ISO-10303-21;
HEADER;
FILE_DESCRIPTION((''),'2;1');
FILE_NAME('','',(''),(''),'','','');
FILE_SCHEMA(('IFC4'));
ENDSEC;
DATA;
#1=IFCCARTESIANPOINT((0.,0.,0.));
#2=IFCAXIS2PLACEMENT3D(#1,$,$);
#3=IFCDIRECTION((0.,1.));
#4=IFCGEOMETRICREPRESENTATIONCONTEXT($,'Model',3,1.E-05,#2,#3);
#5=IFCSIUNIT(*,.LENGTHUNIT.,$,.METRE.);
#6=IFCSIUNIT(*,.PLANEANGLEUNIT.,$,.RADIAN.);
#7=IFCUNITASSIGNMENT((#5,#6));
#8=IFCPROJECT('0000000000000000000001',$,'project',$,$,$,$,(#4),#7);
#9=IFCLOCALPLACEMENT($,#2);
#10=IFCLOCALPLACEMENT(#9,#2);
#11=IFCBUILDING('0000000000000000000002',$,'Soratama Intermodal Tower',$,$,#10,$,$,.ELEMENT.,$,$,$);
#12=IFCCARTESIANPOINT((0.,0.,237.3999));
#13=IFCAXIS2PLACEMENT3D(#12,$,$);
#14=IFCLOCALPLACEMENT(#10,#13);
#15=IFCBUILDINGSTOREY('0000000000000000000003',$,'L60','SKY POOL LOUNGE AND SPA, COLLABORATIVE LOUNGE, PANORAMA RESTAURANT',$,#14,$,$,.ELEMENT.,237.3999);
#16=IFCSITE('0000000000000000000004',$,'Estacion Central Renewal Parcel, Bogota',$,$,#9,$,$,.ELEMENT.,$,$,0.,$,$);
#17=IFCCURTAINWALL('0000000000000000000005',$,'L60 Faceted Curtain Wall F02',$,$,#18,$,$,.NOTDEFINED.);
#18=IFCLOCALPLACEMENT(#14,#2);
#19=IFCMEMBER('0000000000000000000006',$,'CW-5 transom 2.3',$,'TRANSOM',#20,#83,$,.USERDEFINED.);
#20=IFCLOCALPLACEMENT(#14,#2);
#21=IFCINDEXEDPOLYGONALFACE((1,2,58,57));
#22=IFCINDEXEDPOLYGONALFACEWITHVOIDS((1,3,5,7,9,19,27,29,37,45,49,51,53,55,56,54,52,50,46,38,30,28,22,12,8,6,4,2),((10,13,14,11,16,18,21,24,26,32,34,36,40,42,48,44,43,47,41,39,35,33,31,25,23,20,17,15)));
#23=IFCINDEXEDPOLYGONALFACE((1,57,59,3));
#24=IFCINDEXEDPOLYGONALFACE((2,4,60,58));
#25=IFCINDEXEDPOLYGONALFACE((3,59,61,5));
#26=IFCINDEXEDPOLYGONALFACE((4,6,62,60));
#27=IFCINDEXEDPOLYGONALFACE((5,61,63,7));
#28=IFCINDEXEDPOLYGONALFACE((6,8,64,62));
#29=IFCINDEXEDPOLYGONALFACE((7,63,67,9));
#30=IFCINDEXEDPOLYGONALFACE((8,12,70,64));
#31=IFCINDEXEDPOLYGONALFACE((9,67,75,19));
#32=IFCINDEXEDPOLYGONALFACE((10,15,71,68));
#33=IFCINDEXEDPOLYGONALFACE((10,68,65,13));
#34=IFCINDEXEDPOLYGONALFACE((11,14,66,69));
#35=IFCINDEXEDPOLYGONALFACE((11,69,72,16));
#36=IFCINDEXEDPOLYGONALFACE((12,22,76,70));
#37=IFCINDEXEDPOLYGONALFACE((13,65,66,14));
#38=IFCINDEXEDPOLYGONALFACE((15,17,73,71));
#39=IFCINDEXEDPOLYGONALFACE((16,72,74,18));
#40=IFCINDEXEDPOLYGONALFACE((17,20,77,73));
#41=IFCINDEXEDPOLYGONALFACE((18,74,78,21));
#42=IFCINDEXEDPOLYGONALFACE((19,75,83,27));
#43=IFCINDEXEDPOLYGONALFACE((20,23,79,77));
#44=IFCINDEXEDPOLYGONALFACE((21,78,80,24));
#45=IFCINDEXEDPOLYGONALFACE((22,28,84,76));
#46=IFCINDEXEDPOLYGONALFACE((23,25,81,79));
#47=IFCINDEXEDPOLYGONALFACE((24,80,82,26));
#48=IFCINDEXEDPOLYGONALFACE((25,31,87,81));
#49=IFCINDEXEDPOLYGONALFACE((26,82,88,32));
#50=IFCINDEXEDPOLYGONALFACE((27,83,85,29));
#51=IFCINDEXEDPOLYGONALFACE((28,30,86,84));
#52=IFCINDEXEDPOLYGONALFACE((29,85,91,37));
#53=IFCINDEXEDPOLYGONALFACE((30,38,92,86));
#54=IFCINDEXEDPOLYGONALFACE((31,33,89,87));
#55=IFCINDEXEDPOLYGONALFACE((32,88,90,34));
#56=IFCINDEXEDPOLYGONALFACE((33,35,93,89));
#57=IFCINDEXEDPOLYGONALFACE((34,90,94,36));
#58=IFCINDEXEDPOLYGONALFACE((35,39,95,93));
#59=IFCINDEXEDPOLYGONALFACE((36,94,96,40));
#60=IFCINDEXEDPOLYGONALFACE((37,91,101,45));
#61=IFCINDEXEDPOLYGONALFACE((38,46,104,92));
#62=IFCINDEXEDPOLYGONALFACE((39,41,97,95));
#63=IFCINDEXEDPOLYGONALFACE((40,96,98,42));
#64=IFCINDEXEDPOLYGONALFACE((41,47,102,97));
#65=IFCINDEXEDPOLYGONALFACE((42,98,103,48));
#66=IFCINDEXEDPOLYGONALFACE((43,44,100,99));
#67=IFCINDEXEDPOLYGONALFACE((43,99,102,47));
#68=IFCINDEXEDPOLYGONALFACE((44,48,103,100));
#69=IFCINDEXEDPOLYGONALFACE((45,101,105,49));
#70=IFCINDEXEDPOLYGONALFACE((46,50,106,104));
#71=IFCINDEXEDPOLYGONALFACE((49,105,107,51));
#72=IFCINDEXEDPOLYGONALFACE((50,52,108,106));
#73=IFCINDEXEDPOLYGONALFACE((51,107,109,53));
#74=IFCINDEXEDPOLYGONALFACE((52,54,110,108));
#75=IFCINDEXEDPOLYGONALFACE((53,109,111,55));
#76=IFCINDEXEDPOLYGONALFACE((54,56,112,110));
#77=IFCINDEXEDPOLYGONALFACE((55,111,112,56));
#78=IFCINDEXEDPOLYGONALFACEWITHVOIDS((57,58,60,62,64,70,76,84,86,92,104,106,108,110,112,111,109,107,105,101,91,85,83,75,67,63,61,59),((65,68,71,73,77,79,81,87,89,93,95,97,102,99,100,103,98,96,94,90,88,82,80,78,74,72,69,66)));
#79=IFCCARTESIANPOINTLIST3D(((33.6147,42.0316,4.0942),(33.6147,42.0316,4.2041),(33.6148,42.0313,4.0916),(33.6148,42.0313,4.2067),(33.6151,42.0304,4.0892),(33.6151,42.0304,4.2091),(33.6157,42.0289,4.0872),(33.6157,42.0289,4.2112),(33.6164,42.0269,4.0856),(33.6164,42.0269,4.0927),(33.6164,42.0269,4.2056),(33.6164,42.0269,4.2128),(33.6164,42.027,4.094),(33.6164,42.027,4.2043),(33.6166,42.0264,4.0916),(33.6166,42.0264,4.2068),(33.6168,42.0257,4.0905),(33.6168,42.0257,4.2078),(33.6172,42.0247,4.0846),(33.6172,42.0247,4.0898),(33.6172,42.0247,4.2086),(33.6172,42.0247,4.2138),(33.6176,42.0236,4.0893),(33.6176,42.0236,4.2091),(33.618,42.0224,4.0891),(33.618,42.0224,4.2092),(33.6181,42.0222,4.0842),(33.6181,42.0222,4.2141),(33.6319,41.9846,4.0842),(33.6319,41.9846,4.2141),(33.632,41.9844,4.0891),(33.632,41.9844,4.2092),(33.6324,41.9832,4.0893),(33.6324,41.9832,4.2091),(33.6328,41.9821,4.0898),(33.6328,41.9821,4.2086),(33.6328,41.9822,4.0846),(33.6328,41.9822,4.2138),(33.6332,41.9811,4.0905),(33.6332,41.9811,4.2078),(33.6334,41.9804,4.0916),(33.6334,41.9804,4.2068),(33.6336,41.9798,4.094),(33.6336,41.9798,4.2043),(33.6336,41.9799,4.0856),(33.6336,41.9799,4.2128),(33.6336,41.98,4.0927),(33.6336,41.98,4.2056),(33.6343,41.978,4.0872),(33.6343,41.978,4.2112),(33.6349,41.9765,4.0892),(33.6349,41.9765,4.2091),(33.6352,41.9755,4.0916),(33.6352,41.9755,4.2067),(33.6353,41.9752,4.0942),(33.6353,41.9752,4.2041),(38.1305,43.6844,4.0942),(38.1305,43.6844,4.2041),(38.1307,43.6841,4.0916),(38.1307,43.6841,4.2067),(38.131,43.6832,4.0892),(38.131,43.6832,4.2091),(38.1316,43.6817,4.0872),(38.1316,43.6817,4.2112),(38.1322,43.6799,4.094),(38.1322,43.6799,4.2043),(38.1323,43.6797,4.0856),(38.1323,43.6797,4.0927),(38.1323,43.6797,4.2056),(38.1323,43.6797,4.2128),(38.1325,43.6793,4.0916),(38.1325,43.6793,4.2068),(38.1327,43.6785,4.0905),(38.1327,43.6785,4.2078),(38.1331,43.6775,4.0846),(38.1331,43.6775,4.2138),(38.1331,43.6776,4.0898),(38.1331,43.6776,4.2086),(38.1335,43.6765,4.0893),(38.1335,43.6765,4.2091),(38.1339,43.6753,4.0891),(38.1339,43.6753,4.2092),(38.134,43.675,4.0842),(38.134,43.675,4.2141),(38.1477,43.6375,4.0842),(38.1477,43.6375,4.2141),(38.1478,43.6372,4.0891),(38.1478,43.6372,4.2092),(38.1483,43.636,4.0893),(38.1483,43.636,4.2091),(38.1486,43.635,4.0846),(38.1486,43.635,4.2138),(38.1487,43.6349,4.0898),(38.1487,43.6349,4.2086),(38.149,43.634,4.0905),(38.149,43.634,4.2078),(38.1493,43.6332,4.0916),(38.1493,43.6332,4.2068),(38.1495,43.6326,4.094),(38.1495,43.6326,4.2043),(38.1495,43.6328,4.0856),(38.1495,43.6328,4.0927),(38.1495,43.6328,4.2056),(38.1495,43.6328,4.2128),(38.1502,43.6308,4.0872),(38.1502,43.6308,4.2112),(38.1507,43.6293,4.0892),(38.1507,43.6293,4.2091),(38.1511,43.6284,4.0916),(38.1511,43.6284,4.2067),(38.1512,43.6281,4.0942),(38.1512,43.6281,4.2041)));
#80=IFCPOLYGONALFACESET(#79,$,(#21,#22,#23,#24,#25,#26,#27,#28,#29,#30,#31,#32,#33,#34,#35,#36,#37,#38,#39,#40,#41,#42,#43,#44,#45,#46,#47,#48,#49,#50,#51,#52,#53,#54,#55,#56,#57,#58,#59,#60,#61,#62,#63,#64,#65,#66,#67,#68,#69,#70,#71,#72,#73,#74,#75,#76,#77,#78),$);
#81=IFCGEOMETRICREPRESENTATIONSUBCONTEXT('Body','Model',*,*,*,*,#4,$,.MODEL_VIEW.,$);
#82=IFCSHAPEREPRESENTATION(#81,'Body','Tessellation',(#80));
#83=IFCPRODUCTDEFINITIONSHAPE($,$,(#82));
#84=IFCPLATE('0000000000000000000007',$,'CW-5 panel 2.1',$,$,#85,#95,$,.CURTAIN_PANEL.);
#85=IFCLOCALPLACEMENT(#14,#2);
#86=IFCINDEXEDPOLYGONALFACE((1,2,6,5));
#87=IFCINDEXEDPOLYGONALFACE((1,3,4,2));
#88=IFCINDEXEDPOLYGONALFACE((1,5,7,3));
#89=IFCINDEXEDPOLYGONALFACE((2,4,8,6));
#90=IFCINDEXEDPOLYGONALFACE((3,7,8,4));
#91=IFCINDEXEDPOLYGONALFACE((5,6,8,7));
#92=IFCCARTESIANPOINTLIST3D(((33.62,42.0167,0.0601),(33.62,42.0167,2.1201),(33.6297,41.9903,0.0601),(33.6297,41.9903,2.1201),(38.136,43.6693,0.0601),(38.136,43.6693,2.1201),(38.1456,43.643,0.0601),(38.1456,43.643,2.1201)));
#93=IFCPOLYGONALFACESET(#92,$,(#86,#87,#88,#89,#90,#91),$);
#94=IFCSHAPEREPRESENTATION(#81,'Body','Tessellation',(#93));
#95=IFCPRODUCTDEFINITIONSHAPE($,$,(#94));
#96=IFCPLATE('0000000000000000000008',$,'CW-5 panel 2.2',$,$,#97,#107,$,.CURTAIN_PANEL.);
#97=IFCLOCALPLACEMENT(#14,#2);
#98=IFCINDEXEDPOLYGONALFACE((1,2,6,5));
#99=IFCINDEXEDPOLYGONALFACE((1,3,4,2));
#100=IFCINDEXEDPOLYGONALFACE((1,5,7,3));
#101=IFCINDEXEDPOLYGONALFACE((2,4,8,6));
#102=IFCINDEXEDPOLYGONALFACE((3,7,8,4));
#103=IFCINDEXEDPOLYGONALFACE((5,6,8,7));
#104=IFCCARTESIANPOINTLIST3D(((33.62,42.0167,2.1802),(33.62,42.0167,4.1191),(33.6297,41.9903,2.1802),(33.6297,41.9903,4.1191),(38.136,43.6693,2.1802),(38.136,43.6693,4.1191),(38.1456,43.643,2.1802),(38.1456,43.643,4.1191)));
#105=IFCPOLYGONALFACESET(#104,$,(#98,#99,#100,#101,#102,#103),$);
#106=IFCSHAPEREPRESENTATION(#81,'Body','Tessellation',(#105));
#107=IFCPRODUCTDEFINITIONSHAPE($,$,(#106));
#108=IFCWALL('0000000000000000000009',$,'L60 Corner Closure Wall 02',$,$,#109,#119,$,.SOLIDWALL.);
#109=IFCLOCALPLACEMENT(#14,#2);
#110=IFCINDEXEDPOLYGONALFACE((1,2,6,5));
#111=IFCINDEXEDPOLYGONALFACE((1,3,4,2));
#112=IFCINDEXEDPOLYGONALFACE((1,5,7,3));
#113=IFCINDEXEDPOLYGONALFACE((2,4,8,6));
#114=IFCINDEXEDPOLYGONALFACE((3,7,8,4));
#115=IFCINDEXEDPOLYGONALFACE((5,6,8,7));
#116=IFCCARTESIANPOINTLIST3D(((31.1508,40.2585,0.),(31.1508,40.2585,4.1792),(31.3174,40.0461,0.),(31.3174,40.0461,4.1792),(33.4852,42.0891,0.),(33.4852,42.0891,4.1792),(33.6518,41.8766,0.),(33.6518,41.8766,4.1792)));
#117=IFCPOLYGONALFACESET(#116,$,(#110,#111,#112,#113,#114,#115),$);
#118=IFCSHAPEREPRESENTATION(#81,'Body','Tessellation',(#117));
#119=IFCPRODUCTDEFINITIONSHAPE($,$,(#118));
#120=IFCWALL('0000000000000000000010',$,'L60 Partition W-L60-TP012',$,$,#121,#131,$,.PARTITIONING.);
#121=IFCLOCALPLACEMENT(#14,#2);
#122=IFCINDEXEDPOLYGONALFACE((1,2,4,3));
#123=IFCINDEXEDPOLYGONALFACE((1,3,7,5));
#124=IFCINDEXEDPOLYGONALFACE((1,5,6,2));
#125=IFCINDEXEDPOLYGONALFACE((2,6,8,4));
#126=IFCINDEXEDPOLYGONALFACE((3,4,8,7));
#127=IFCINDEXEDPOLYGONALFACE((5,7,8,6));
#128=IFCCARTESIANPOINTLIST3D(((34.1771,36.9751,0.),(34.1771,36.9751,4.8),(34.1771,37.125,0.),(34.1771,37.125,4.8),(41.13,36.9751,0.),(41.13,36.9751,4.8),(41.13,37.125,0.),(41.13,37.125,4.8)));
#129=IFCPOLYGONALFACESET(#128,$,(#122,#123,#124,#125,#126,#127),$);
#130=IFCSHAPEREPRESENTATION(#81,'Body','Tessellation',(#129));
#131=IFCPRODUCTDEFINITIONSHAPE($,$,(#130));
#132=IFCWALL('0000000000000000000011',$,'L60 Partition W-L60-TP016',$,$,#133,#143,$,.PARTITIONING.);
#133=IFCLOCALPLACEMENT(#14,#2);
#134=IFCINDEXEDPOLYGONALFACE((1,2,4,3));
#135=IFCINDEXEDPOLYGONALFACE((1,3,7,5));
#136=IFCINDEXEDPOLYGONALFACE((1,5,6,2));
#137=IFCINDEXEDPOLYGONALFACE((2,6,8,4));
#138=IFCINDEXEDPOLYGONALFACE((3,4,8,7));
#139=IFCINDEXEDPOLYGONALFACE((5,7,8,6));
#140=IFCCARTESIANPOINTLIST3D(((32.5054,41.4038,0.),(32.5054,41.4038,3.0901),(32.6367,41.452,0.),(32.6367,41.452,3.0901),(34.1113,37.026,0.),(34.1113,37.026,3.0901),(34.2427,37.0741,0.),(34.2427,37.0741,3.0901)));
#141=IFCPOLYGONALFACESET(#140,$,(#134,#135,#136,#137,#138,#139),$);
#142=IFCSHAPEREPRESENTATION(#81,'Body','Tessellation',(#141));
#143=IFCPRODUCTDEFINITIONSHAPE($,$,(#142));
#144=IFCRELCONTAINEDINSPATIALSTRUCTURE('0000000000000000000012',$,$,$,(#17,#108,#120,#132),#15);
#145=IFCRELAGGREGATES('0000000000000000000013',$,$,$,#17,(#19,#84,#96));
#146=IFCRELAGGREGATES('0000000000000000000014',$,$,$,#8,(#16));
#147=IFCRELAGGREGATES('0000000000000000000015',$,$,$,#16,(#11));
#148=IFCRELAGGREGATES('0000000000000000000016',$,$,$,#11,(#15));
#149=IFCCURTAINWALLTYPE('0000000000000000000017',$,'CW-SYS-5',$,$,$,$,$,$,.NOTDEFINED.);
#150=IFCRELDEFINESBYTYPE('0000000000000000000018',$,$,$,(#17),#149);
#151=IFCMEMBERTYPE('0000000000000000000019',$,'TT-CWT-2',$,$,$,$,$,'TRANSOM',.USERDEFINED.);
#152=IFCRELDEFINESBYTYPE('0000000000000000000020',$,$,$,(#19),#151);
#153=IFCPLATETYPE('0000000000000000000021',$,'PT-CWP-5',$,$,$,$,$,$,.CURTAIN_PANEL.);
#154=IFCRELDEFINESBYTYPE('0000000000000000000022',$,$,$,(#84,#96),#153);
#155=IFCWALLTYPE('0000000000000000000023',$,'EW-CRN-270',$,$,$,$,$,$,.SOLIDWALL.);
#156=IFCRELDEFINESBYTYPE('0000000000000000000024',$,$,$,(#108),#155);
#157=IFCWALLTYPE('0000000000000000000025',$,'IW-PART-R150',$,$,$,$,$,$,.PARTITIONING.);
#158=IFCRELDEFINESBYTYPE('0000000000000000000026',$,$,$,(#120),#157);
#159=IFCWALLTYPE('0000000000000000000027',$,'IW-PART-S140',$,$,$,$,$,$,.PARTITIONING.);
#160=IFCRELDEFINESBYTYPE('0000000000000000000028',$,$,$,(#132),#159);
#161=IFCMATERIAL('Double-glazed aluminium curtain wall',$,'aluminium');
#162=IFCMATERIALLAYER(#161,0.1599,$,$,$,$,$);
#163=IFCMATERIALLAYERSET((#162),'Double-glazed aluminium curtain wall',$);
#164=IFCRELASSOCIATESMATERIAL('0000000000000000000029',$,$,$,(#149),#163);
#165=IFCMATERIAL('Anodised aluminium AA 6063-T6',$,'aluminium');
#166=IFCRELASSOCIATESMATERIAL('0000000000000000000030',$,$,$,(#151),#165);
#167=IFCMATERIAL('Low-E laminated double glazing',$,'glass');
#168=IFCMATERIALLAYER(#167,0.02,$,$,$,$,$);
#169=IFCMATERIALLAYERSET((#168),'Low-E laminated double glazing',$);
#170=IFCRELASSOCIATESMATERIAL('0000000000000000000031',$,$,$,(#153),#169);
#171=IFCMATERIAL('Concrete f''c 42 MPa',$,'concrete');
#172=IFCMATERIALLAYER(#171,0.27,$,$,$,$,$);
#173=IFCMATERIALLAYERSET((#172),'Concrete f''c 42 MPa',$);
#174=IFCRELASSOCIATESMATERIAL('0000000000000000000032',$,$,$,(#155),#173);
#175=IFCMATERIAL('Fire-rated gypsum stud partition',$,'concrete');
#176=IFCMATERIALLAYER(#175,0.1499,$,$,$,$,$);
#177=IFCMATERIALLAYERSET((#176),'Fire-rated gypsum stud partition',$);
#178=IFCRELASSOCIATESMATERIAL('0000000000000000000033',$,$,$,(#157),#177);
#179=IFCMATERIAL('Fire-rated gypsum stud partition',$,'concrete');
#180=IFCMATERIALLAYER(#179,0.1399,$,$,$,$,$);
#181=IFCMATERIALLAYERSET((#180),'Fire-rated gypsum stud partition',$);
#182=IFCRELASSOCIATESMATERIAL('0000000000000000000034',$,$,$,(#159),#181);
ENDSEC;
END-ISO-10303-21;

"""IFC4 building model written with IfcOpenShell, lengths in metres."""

from ifc_helpers import new_model, si_unit, direction, frame, frame_2d, origin, origin_2d, place, context, subcontext, project, spatial, rectangle, hollow_rectangle, extrude, material, layer, layer_set, material_profile, profile_set, type_object, element, aggregate, save


model = new_model("IFC4")

# Units and contexts
model_context = context("Model", 3, precision=1e-05, world=origin(), true_north=direction((0.0, 1.0)))
body_context = subcontext(model_context, "Body", "Model", "MODEL_VIEW")
ifc_project = project(units=[si_unit("LENGTHUNIT", "METRE"), si_unit("PLANEANGLEUNIT", "RADIAN")], contexts=[model_context])

# Site, building, storey
site_placement = place(None, origin())
site = spatial("IfcSite", under=ifc_project, at=site_placement, Name="Estacion Central Renewal Parcel, Bogota", CompositionType="ELEMENT", RefElevation=0.0)
building_placement = place(site_placement, origin())
building = spatial("IfcBuilding", under=site, at=building_placement, Name="Soratama Intermodal Tower", CompositionType="ELEMENT")
storey_placement = place(building_placement, frame((0.0, 0.0, 237.3999)))
storey = spatial("IfcBuildingStorey", under=building, at=storey_placement, Name="L60", Description="SKY POOL LOUNGE AND SPA, COLLABORATIVE LOUNGE, PANORAMA RESTAURANT", CompositionType="ELEMENT", Elevation=237.3999)

# Curtain wall, member, plates
ifc_material_1 = material(Name="Double-glazed aluminium curtain wall", Category="aluminium")
ifc_layer_1 = layer(ifc_material_1, 0.1599)
ifc_layer_set_1 = layer_set([ifc_layer_1], Name="Double-glazed aluminium curtain wall")
curtain_wall_type = type_object("IfcCurtainWallType", Name="CW-SYS-5", PredefinedType="NOTDEFINED", material=ifc_layer_set_1)
curtain_wall_placement = place(storey_placement, origin())
curtain_wall = element("IfcCurtainWall", 1, at=curtain_wall_placement, inside=storey, type_object=curtain_wall_type, Name="L60 Faceted Curtain Wall F02", PredefinedType="NOTDEFINED")
ifc_material_2 = material(Name="Anodised aluminium AA 6063-T6", Category="aluminium")
ifc_material_profile_1 = material_profile(ifc_material_2, hollow_rectangle(XDim=0.0601, YDim=0.1299, WallThickness=0.0049, InnerFilletRadius=0.0049, OuterFilletRadius=0.01, at=origin_2d()), Name="CWT130X60X5")
ifc_profile_set_1 = profile_set([ifc_material_profile_1], Name="Anodised aluminium AA 6063-T6")
member_type_1 = type_object("IfcMemberType", Name="TT-CWT-2", ElementType="TRANSOM", PredefinedType="USERDEFINED", material=ifc_profile_set_1)
member_1_placement = place(storey_placement, frame((38.1409, 43.6562, 4.1492), z_axis=(-0.939077, -0.343707, 0.0), x_axis=(0.343707, -0.939077, 0.0)))
member_1 = element("IfcMember", 2, at=member_1_placement, type_object=member_type_1, Name="CW-5 transom 2.3", ObjectType="TRANSOM", PredefinedType="USERDEFINED", context=body_context, shape_type="SweptSolid", body=[
    extrude(hollow_rectangle(XDim=0.0601, YDim=0.1299, WallThickness=0.0049, InnerFilletRadius=0.0049, OuterFilletRadius=0.01, at=origin_2d()), origin(), (0.0, 0.0, 1.0), 4.8088),
])
ifc_material_3 = material(Name="Low-E laminated double glazing", Category="glass")
ifc_layer_2 = layer(ifc_material_3, 0.02)
ifc_layer_set_2 = layer_set([ifc_layer_2], Name="Low-E laminated double glazing")
plate_type = type_object("IfcPlateType", Name="PT-CWP-5", PredefinedType="CURTAIN_PANEL", material=ifc_layer_set_2)
plate_1_placement = place(storey_placement, frame((35.8828, 42.8298, 0.0601), z_axis=(0.0, 0.0, 1.0), x_axis=(-0.939093, -0.343664, 0.0)))
plate_1 = element("IfcPlate", 3, at=plate_1_placement, type_object=plate_type, Name="CW-5 panel 2.1", PredefinedType="CURTAIN_PANEL", context=body_context, shape_type="SweptSolid", body=[
    extrude(rectangle(XDim=4.8088, YDim=0.0281, at=origin_2d()), origin(), (0.0, 0.0, 1.0), 2.0601),
])
plate_2_placement = place(storey_placement, frame((35.8828, 42.8298, 2.1802), z_axis=(0.0, 0.0, 1.0), x_axis=(-0.939093, -0.343664, 0.0)))
plate_2 = element("IfcPlate", 4, at=plate_2_placement, type_object=plate_type, Name="CW-5 panel 2.2", PredefinedType="CURTAIN_PANEL", context=body_context, shape_type="SweptSolid", body=[
    extrude(rectangle(XDim=4.8088, YDim=0.0281, at=origin_2d()), origin(), (0.0, 0.0, 1.0), 1.939),
])
aggregate(curtain_wall, [member_1, plate_1, plate_2])

# Walls
ifc_material_4 = material(Name="Concrete f'c 42 MPa", Category="concrete")
ifc_layer_3 = layer(ifc_material_4, 0.27)
ifc_layer_set_3 = layer_set([ifc_layer_3], Name="Concrete f'c 42 MPa")
wall_type_1 = type_object("IfcWallType", Name="EW-CRN-270", PredefinedType="SOLIDWALL", material=ifc_layer_set_3)
wall_1_placement = place(storey_placement, frame((33.5686, 41.9829, 0.0), z_axis=(0.0, 0.0, 1.0), x_axis=(-0.786918, -0.617058, 0.0)))
element("IfcWall", 5, at=wall_1_placement, inside=storey, type_object=wall_type_1, Name="L60 Corner Closure Wall 02", PredefinedType="SOLIDWALL", context=body_context, shape_type="SweptSolid", body=[
    extrude(rectangle(XDim=2.9666, YDim=0.27, at=frame_2d((1.4834, 0.0))), origin(), (0.0, 0.0, 1.0), 4.1792),
])
ifc_material_5 = material(Name="Fire-rated gypsum stud partition", Category="concrete")
ifc_layer_4 = layer(ifc_material_5, 0.1499)
ifc_layer_set_4 = layer_set([ifc_layer_4], Name="Fire-rated gypsum stud partition")
wall_type_2 = type_object("IfcWallType", Name="IW-PART-R150", PredefinedType="PARTITIONING", material=ifc_layer_set_4)
wall_2_placement = place(storey_placement, frame((34.177, 37.05, 0.0), z_axis=(0.0, 0.0, 1.0), x_axis=(1.0, 0.0, 0.0)))
element("IfcWall", 6, at=wall_2_placement, inside=storey, type_object=wall_type_2, Name="L60 Partition W-L60-TP012", PredefinedType="PARTITIONING", context=body_context, shape_type="SweptSolid", body=[
    extrude(rectangle(XDim=6.9529, YDim=0.1499, at=frame_2d((3.4766, 0.0))), origin(), (0.0, 0.0, 1.0), 4.8),
])
ifc_material_6 = material(Name="Fire-rated gypsum stud partition", Category="concrete")
ifc_layer_5 = layer(ifc_material_6, 0.1399)
ifc_layer_set_5 = layer_set([ifc_layer_5], Name="Fire-rated gypsum stud partition")
wall_type_3 = type_object("IfcWallType", Name="IW-PART-S140", PredefinedType="PARTITIONING", material=ifc_layer_set_5)
wall_3_placement = place(storey_placement, frame((34.177, 37.05, 0.0), z_axis=(0.0, 0.0, 1.0), x_axis=(-0.34439, 0.938827, 0.0)))
element("IfcWall", 7, at=wall_3_placement, inside=storey, type_object=wall_type_3, Name="L60 Partition W-L60-TP016", PredefinedType="PARTITIONING", context=body_context, shape_type="SweptSolid", body=[
    extrude(rectangle(XDim=4.6631, YDim=0.1399, at=frame_2d((2.3315, 0.0))), origin(), (0.0, 0.0, 1.0), 3.0901),
])

save(model, "model.ifc")
